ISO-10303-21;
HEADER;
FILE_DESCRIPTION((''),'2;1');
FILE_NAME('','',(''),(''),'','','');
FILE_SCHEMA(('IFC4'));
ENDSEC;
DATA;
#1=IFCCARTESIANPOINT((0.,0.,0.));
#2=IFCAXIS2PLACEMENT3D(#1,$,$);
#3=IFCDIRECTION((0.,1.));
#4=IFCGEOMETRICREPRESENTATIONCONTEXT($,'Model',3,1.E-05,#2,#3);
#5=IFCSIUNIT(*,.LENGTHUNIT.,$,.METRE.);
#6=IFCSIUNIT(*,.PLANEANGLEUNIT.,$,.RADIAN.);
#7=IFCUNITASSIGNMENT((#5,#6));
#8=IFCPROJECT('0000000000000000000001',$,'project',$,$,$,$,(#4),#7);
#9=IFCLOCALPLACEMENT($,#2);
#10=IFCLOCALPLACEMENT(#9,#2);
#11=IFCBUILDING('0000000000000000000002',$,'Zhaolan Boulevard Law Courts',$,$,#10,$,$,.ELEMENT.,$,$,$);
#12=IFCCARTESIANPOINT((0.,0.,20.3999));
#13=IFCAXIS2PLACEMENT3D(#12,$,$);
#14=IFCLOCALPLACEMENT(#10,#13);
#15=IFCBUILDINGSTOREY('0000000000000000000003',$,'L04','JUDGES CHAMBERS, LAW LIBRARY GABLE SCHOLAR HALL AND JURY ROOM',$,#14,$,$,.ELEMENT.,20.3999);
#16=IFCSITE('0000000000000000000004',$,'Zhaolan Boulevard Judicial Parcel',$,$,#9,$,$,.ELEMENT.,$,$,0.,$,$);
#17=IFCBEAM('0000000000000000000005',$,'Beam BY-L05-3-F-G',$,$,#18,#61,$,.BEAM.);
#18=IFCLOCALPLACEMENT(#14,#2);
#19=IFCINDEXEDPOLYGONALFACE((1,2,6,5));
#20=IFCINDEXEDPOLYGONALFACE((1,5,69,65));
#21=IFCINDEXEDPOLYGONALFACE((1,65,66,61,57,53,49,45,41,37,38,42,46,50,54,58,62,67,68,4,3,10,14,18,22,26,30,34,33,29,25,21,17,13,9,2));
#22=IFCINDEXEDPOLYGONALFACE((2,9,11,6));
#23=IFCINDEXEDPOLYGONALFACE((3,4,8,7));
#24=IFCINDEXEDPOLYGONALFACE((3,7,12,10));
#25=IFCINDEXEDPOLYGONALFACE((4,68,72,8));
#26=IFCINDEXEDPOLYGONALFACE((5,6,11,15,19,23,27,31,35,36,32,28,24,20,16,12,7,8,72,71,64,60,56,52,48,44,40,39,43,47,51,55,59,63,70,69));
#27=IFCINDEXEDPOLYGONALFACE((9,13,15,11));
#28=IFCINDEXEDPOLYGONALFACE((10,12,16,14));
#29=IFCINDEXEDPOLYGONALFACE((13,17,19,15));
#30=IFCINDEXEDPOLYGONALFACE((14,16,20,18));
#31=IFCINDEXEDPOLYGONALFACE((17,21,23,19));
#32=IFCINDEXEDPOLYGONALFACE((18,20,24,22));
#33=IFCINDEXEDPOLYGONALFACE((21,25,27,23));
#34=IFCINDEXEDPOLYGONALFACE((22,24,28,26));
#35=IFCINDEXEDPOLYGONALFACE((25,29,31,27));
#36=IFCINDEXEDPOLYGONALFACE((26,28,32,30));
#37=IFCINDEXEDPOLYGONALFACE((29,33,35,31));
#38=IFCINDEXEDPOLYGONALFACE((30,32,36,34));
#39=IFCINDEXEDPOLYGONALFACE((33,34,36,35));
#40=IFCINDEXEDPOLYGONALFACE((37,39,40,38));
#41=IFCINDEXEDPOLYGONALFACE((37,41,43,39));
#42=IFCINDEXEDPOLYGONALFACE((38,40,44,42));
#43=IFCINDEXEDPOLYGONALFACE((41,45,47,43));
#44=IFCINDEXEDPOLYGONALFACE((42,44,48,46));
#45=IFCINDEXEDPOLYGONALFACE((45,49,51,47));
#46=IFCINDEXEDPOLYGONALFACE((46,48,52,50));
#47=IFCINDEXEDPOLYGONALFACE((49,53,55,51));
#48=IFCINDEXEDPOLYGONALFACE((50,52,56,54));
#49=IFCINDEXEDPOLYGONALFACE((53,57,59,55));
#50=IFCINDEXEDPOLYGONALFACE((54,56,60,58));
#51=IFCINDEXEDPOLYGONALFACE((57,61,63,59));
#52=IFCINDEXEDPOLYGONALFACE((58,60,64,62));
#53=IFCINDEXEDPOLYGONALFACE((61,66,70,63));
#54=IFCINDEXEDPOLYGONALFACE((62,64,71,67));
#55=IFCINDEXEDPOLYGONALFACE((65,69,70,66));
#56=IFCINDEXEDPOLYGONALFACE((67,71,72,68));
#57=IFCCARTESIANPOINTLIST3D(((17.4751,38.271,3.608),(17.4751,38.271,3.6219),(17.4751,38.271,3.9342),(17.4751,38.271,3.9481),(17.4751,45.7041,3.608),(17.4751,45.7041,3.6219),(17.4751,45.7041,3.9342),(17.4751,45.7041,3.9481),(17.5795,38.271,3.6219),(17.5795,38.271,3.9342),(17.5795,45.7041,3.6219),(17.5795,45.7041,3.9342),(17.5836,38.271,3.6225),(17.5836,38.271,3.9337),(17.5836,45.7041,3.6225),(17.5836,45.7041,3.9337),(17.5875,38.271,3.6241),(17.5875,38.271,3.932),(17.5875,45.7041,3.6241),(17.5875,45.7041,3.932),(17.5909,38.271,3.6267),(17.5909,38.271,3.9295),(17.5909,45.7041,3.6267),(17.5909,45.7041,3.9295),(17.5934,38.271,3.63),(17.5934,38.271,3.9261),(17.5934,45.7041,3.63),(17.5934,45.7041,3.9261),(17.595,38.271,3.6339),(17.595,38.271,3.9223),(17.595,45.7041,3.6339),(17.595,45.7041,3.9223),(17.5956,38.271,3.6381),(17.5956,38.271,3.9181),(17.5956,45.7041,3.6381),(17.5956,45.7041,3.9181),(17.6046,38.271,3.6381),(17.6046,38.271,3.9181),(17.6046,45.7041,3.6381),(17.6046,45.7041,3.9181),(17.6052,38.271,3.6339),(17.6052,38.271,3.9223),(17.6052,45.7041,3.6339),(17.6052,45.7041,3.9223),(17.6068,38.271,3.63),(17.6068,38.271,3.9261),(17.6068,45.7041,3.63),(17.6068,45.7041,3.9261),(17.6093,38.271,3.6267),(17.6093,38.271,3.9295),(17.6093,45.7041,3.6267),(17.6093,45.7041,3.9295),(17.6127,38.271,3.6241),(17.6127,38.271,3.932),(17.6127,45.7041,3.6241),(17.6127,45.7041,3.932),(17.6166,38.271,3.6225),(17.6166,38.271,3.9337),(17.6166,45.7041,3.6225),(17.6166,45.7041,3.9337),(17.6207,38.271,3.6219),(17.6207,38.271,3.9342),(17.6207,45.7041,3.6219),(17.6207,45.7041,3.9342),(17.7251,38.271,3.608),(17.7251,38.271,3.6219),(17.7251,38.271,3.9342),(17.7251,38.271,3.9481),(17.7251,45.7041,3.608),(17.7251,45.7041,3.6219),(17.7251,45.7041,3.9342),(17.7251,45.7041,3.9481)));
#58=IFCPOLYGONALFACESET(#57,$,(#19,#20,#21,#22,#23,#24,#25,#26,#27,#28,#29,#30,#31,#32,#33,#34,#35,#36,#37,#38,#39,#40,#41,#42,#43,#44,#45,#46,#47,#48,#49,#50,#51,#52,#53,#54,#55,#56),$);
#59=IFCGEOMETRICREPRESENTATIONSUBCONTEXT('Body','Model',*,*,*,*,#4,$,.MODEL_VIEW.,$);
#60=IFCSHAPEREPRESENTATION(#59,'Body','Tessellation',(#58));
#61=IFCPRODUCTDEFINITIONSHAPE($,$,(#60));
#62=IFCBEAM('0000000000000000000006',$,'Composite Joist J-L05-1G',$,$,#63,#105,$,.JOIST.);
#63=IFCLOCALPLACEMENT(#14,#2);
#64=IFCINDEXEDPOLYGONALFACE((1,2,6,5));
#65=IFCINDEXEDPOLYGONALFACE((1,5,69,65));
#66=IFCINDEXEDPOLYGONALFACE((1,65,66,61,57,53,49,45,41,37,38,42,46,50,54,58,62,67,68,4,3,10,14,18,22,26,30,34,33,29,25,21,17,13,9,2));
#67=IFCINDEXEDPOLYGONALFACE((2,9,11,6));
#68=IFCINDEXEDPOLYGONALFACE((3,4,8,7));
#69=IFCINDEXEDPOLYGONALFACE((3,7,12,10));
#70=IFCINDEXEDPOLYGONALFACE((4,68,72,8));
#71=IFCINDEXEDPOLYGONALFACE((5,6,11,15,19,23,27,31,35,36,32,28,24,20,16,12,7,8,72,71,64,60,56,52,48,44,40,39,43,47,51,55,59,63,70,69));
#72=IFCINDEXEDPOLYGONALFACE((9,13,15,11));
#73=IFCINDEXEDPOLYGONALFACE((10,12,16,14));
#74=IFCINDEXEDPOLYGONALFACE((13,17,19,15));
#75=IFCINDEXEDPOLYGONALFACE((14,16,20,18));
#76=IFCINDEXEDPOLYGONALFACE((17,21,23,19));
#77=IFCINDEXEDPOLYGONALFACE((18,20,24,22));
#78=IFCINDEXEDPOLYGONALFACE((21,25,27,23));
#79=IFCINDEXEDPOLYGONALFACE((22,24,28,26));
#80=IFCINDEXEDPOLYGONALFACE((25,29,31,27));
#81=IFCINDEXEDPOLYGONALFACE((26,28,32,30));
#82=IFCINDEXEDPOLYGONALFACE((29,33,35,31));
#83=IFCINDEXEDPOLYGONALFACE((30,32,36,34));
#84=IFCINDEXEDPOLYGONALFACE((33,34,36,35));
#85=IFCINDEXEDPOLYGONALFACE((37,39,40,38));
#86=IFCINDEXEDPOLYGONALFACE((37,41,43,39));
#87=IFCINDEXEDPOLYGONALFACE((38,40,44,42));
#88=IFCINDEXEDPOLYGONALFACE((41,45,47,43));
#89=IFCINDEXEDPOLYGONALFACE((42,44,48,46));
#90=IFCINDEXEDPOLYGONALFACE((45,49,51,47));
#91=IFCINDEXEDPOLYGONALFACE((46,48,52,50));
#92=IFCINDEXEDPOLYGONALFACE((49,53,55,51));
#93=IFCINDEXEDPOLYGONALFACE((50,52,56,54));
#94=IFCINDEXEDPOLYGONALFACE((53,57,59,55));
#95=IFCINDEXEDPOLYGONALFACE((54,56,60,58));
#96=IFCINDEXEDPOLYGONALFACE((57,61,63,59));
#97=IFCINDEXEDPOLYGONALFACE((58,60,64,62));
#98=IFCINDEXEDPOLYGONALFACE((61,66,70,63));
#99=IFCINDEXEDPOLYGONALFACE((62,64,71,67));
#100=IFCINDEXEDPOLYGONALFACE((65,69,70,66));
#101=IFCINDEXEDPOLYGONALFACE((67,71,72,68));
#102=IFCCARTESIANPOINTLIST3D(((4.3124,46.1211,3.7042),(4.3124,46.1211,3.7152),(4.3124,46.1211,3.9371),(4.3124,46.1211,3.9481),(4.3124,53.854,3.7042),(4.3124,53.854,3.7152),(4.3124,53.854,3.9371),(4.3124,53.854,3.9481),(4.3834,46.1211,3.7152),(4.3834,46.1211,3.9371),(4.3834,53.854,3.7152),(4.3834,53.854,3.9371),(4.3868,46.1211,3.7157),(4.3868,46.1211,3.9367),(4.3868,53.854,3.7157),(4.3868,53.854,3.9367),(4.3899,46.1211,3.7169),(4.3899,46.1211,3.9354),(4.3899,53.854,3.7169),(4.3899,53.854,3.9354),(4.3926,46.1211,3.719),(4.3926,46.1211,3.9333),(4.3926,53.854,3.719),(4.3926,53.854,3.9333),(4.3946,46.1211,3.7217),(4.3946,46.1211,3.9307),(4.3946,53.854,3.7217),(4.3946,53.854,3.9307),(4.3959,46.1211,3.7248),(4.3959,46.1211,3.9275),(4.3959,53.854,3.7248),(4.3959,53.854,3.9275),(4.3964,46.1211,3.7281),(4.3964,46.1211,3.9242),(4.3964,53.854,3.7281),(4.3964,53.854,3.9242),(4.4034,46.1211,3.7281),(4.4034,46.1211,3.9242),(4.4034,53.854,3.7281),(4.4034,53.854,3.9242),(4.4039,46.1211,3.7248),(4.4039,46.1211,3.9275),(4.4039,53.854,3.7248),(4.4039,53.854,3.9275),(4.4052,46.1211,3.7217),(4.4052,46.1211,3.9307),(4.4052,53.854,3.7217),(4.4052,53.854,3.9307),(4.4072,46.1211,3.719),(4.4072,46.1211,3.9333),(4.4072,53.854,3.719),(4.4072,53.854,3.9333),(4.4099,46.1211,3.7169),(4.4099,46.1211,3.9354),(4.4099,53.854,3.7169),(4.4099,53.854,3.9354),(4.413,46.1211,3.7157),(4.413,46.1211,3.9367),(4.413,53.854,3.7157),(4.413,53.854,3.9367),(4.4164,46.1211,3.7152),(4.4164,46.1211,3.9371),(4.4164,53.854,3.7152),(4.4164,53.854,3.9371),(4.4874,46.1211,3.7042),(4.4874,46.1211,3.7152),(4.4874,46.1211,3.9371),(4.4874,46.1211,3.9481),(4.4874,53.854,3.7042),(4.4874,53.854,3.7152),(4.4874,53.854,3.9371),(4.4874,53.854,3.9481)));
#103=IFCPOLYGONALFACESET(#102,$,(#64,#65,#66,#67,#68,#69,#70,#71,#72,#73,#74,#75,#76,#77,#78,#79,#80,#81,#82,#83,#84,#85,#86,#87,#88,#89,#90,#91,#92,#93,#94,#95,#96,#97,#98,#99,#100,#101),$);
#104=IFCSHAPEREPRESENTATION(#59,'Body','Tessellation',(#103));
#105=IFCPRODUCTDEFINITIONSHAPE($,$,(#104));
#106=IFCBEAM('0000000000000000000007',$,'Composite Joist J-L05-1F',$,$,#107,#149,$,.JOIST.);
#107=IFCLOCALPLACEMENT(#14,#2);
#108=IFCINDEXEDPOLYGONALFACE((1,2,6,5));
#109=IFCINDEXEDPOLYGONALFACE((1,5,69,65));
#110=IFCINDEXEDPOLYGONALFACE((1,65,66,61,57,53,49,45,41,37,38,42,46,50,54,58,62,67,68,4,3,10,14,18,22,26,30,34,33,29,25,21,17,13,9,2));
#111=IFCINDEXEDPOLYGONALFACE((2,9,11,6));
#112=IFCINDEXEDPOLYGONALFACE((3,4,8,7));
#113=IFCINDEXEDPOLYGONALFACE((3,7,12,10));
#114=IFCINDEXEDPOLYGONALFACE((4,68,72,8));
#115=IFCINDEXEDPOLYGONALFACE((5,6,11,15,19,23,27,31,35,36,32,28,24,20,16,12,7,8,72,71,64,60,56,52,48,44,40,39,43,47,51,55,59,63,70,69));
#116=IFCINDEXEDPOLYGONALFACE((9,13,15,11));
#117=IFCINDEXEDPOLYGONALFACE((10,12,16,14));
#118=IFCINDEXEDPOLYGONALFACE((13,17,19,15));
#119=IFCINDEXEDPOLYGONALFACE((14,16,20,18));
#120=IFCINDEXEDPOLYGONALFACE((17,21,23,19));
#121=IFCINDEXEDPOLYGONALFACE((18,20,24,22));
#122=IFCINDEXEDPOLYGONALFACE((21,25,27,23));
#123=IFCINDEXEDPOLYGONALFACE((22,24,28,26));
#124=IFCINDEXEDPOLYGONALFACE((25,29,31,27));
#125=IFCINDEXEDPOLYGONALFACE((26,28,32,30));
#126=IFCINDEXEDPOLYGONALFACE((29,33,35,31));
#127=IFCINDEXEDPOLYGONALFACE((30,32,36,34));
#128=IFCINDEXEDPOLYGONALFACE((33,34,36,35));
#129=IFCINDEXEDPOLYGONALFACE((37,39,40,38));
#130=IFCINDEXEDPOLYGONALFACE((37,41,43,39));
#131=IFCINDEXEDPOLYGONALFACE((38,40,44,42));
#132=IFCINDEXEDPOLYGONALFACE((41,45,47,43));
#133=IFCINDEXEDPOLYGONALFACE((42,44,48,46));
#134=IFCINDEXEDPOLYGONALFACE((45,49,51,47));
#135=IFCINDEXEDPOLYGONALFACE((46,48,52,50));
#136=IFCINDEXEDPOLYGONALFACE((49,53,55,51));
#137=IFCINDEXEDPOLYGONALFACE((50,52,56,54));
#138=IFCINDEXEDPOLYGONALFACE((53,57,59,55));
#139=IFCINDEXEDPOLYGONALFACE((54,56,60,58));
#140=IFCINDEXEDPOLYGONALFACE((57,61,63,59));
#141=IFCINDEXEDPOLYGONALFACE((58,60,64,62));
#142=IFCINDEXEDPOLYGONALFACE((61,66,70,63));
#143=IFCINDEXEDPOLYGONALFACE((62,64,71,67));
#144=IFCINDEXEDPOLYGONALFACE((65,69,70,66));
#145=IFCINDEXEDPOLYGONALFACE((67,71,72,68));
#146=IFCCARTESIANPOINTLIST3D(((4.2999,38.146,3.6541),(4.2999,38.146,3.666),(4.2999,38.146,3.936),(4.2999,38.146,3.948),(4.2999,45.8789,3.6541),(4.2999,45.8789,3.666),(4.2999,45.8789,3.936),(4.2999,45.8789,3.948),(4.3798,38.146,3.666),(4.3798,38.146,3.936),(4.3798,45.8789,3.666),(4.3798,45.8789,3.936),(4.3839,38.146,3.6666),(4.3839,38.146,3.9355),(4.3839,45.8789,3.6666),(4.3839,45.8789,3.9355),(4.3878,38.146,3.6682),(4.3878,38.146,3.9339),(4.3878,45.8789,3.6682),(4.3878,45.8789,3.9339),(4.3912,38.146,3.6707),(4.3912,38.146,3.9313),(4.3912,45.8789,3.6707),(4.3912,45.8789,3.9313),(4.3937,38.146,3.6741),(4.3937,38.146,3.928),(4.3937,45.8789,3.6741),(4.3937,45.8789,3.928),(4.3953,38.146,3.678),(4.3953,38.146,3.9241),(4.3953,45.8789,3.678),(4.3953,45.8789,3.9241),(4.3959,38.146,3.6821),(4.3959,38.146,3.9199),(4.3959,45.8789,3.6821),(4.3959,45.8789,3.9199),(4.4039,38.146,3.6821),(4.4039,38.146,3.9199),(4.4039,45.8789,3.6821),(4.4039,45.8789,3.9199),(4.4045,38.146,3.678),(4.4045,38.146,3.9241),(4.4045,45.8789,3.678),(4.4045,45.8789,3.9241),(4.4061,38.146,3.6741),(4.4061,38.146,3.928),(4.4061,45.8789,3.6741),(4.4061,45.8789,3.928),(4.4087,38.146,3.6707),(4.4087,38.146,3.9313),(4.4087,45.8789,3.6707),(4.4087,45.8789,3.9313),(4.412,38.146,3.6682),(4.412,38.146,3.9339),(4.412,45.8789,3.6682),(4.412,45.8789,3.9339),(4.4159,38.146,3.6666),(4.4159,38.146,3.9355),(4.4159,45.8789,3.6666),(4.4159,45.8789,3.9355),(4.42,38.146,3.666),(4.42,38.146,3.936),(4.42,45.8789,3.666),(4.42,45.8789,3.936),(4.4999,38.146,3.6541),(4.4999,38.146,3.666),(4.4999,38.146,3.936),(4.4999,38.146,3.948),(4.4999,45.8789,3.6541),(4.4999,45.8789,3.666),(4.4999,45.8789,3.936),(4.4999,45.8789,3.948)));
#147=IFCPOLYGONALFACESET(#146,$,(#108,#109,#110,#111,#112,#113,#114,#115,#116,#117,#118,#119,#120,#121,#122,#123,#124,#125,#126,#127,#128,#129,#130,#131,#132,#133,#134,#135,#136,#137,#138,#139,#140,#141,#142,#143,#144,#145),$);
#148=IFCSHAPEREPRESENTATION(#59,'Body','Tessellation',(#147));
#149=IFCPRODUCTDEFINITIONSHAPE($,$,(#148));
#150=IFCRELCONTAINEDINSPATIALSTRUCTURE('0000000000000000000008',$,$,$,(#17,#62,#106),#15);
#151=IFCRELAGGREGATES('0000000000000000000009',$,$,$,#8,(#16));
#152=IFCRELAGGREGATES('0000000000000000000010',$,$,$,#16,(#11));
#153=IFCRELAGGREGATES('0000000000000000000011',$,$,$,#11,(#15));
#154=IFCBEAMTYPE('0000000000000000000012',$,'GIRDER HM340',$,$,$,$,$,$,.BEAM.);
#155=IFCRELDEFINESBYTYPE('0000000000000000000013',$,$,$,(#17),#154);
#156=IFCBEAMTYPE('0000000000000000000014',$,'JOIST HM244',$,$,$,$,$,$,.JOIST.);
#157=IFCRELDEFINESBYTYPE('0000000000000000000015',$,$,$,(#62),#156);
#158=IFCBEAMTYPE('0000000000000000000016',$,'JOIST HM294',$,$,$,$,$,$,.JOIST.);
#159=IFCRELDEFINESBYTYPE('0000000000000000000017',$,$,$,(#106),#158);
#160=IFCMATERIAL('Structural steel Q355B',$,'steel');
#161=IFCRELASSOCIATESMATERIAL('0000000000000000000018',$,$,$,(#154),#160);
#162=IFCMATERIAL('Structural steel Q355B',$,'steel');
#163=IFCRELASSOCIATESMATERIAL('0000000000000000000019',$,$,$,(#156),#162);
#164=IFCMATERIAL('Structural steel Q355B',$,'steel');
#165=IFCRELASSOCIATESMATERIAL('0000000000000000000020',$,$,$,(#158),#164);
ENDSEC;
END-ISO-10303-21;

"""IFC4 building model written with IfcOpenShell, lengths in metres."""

from ifc_helpers import new_model, si_unit, direction, frame, origin, origin_2d, place, context, subcontext, project, spatial, i_section, extrude, material, material_profile, profile_set, type_object, element, save


model = new_model("IFC4")

# Units and contexts
model_context = context("Model", 3, precision=1e-05, world=origin(), true_north=direction((0.0, 1.0)))
body_context = subcontext(model_context, "Body", "Model", "MODEL_VIEW")
ifc_project = project(units=[si_unit("LENGTHUNIT", "METRE"), si_unit("PLANEANGLEUNIT", "RADIAN")], contexts=[model_context])

# Site, building, storey
site_placement = place(None, origin())
site = spatial("IfcSite", under=ifc_project, at=site_placement, Name="Zhaolan Boulevard Judicial Parcel", CompositionType="ELEMENT", RefElevation=0.0)
building_placement = place(site_placement, origin())
building = spatial("IfcBuilding", under=site, at=building_placement, Name="Zhaolan Boulevard Law Courts", CompositionType="ELEMENT")
storey_placement = place(building_placement, frame((0.0, 0.0, 20.3999)))
storey = spatial("IfcBuildingStorey", under=building, at=storey_placement, Name="L04", Description="JUDGES CHAMBERS, LAW LIBRARY GABLE SCHOLAR HALL AND JURY ROOM", CompositionType="ELEMENT", Elevation=20.3999)

# Beams
ifc_material_1 = material(Name="Structural steel Q355B", Category="steel")
ifc_material_profile_1 = material_profile(ifc_material_1, i_section(OverallWidth=0.25, OverallDepth=0.3401, WebThickness=0.009, FlangeThickness=0.0139, FilletRadius=0.0161, at=origin_2d()), Name="HM340x250")
ifc_profile_set_1 = profile_set([ifc_material_profile_1], Name="Structural steel Q355B")
beam_type_1 = type_object("IfcBeamType", Name="GIRDER HM340", PredefinedType="BEAM", material=ifc_profile_set_1)
beam_1_placement = place(storey_placement, frame((17.6001, 38.271, 3.7781), z_axis=(0.0, 1.0, 0.0), x_axis=(-1.0, 0.0, 0.0)))
element("IfcBeam", 1, at=beam_1_placement, inside=storey, type_object=beam_type_1, Name="Beam BY-L05-3-F-G", PredefinedType="BEAM", context=body_context, shape_type="SweptSolid", body=[
    extrude(i_section(OverallWidth=0.25, OverallDepth=0.3401, WebThickness=0.009, FlangeThickness=0.0139, FilletRadius=0.0161, at=origin_2d()), origin(), (0.0, 0.0, 1.0), 7.4331),
])
ifc_material_2 = material(Name="Structural steel Q355B", Category="steel")
ifc_material_profile_2 = material_profile(ifc_material_2, i_section(OverallWidth=0.175, OverallDepth=0.2439, WebThickness=0.0071, FlangeThickness=0.011, FilletRadius=0.0129, at=origin_2d()), Name="HM244x175")
ifc_profile_set_2 = profile_set([ifc_material_profile_2], Name="Structural steel Q355B")
beam_type_2 = type_object("IfcBeamType", Name="JOIST HM244", PredefinedType="JOIST", material=ifc_profile_set_2)
beam_2_placement = place(storey_placement, frame((4.3999, 46.1211, 3.8262), z_axis=(0.0, 1.0, 0.0), x_axis=(-1.0, 0.0, 0.0)))
element("IfcBeam", 2, at=beam_2_placement, inside=storey, type_object=beam_type_2, Name="Composite Joist J-L05-1G", PredefinedType="JOIST", context=body_context, shape_type="SweptSolid", body=[
    extrude(i_section(OverallWidth=0.175, OverallDepth=0.2439, WebThickness=0.0071, FlangeThickness=0.011, FilletRadius=0.0129, at=origin_2d()), origin(), (0.0, 0.0, 1.0), 7.7329),
])
ifc_material_3 = material(Name="Structural steel Q355B", Category="steel")
ifc_material_profile_3 = material_profile(ifc_material_3, i_section(OverallWidth=0.2, OverallDepth=0.2939, WebThickness=0.0081, FlangeThickness=0.012, FilletRadius=0.0161, at=origin_2d()), Name="HM294x200")
ifc_profile_set_3 = profile_set([ifc_material_profile_3], Name="Structural steel Q355B")
beam_type_3 = type_object("IfcBeamType", Name="JOIST HM294", PredefinedType="JOIST", material=ifc_profile_set_3)
beam_3_placement = place(storey_placement, frame((4.3999, 38.146, 3.801), z_axis=(0.0, 1.0, 0.0), x_axis=(-1.0, 0.0, 0.0)))
element("IfcBeam", 3, at=beam_3_placement, inside=storey, type_object=beam_type_3, Name="Composite Joist J-L05-1F", PredefinedType="JOIST", context=body_context, shape_type="SweptSolid", body=[
    extrude(i_section(OverallWidth=0.2, OverallDepth=0.2939, WebThickness=0.0081, FlangeThickness=0.012, FilletRadius=0.0161, at=origin_2d()), origin(), (0.0, 0.0, 1.0), 7.7329),
])

save(model, "model.ifc")
